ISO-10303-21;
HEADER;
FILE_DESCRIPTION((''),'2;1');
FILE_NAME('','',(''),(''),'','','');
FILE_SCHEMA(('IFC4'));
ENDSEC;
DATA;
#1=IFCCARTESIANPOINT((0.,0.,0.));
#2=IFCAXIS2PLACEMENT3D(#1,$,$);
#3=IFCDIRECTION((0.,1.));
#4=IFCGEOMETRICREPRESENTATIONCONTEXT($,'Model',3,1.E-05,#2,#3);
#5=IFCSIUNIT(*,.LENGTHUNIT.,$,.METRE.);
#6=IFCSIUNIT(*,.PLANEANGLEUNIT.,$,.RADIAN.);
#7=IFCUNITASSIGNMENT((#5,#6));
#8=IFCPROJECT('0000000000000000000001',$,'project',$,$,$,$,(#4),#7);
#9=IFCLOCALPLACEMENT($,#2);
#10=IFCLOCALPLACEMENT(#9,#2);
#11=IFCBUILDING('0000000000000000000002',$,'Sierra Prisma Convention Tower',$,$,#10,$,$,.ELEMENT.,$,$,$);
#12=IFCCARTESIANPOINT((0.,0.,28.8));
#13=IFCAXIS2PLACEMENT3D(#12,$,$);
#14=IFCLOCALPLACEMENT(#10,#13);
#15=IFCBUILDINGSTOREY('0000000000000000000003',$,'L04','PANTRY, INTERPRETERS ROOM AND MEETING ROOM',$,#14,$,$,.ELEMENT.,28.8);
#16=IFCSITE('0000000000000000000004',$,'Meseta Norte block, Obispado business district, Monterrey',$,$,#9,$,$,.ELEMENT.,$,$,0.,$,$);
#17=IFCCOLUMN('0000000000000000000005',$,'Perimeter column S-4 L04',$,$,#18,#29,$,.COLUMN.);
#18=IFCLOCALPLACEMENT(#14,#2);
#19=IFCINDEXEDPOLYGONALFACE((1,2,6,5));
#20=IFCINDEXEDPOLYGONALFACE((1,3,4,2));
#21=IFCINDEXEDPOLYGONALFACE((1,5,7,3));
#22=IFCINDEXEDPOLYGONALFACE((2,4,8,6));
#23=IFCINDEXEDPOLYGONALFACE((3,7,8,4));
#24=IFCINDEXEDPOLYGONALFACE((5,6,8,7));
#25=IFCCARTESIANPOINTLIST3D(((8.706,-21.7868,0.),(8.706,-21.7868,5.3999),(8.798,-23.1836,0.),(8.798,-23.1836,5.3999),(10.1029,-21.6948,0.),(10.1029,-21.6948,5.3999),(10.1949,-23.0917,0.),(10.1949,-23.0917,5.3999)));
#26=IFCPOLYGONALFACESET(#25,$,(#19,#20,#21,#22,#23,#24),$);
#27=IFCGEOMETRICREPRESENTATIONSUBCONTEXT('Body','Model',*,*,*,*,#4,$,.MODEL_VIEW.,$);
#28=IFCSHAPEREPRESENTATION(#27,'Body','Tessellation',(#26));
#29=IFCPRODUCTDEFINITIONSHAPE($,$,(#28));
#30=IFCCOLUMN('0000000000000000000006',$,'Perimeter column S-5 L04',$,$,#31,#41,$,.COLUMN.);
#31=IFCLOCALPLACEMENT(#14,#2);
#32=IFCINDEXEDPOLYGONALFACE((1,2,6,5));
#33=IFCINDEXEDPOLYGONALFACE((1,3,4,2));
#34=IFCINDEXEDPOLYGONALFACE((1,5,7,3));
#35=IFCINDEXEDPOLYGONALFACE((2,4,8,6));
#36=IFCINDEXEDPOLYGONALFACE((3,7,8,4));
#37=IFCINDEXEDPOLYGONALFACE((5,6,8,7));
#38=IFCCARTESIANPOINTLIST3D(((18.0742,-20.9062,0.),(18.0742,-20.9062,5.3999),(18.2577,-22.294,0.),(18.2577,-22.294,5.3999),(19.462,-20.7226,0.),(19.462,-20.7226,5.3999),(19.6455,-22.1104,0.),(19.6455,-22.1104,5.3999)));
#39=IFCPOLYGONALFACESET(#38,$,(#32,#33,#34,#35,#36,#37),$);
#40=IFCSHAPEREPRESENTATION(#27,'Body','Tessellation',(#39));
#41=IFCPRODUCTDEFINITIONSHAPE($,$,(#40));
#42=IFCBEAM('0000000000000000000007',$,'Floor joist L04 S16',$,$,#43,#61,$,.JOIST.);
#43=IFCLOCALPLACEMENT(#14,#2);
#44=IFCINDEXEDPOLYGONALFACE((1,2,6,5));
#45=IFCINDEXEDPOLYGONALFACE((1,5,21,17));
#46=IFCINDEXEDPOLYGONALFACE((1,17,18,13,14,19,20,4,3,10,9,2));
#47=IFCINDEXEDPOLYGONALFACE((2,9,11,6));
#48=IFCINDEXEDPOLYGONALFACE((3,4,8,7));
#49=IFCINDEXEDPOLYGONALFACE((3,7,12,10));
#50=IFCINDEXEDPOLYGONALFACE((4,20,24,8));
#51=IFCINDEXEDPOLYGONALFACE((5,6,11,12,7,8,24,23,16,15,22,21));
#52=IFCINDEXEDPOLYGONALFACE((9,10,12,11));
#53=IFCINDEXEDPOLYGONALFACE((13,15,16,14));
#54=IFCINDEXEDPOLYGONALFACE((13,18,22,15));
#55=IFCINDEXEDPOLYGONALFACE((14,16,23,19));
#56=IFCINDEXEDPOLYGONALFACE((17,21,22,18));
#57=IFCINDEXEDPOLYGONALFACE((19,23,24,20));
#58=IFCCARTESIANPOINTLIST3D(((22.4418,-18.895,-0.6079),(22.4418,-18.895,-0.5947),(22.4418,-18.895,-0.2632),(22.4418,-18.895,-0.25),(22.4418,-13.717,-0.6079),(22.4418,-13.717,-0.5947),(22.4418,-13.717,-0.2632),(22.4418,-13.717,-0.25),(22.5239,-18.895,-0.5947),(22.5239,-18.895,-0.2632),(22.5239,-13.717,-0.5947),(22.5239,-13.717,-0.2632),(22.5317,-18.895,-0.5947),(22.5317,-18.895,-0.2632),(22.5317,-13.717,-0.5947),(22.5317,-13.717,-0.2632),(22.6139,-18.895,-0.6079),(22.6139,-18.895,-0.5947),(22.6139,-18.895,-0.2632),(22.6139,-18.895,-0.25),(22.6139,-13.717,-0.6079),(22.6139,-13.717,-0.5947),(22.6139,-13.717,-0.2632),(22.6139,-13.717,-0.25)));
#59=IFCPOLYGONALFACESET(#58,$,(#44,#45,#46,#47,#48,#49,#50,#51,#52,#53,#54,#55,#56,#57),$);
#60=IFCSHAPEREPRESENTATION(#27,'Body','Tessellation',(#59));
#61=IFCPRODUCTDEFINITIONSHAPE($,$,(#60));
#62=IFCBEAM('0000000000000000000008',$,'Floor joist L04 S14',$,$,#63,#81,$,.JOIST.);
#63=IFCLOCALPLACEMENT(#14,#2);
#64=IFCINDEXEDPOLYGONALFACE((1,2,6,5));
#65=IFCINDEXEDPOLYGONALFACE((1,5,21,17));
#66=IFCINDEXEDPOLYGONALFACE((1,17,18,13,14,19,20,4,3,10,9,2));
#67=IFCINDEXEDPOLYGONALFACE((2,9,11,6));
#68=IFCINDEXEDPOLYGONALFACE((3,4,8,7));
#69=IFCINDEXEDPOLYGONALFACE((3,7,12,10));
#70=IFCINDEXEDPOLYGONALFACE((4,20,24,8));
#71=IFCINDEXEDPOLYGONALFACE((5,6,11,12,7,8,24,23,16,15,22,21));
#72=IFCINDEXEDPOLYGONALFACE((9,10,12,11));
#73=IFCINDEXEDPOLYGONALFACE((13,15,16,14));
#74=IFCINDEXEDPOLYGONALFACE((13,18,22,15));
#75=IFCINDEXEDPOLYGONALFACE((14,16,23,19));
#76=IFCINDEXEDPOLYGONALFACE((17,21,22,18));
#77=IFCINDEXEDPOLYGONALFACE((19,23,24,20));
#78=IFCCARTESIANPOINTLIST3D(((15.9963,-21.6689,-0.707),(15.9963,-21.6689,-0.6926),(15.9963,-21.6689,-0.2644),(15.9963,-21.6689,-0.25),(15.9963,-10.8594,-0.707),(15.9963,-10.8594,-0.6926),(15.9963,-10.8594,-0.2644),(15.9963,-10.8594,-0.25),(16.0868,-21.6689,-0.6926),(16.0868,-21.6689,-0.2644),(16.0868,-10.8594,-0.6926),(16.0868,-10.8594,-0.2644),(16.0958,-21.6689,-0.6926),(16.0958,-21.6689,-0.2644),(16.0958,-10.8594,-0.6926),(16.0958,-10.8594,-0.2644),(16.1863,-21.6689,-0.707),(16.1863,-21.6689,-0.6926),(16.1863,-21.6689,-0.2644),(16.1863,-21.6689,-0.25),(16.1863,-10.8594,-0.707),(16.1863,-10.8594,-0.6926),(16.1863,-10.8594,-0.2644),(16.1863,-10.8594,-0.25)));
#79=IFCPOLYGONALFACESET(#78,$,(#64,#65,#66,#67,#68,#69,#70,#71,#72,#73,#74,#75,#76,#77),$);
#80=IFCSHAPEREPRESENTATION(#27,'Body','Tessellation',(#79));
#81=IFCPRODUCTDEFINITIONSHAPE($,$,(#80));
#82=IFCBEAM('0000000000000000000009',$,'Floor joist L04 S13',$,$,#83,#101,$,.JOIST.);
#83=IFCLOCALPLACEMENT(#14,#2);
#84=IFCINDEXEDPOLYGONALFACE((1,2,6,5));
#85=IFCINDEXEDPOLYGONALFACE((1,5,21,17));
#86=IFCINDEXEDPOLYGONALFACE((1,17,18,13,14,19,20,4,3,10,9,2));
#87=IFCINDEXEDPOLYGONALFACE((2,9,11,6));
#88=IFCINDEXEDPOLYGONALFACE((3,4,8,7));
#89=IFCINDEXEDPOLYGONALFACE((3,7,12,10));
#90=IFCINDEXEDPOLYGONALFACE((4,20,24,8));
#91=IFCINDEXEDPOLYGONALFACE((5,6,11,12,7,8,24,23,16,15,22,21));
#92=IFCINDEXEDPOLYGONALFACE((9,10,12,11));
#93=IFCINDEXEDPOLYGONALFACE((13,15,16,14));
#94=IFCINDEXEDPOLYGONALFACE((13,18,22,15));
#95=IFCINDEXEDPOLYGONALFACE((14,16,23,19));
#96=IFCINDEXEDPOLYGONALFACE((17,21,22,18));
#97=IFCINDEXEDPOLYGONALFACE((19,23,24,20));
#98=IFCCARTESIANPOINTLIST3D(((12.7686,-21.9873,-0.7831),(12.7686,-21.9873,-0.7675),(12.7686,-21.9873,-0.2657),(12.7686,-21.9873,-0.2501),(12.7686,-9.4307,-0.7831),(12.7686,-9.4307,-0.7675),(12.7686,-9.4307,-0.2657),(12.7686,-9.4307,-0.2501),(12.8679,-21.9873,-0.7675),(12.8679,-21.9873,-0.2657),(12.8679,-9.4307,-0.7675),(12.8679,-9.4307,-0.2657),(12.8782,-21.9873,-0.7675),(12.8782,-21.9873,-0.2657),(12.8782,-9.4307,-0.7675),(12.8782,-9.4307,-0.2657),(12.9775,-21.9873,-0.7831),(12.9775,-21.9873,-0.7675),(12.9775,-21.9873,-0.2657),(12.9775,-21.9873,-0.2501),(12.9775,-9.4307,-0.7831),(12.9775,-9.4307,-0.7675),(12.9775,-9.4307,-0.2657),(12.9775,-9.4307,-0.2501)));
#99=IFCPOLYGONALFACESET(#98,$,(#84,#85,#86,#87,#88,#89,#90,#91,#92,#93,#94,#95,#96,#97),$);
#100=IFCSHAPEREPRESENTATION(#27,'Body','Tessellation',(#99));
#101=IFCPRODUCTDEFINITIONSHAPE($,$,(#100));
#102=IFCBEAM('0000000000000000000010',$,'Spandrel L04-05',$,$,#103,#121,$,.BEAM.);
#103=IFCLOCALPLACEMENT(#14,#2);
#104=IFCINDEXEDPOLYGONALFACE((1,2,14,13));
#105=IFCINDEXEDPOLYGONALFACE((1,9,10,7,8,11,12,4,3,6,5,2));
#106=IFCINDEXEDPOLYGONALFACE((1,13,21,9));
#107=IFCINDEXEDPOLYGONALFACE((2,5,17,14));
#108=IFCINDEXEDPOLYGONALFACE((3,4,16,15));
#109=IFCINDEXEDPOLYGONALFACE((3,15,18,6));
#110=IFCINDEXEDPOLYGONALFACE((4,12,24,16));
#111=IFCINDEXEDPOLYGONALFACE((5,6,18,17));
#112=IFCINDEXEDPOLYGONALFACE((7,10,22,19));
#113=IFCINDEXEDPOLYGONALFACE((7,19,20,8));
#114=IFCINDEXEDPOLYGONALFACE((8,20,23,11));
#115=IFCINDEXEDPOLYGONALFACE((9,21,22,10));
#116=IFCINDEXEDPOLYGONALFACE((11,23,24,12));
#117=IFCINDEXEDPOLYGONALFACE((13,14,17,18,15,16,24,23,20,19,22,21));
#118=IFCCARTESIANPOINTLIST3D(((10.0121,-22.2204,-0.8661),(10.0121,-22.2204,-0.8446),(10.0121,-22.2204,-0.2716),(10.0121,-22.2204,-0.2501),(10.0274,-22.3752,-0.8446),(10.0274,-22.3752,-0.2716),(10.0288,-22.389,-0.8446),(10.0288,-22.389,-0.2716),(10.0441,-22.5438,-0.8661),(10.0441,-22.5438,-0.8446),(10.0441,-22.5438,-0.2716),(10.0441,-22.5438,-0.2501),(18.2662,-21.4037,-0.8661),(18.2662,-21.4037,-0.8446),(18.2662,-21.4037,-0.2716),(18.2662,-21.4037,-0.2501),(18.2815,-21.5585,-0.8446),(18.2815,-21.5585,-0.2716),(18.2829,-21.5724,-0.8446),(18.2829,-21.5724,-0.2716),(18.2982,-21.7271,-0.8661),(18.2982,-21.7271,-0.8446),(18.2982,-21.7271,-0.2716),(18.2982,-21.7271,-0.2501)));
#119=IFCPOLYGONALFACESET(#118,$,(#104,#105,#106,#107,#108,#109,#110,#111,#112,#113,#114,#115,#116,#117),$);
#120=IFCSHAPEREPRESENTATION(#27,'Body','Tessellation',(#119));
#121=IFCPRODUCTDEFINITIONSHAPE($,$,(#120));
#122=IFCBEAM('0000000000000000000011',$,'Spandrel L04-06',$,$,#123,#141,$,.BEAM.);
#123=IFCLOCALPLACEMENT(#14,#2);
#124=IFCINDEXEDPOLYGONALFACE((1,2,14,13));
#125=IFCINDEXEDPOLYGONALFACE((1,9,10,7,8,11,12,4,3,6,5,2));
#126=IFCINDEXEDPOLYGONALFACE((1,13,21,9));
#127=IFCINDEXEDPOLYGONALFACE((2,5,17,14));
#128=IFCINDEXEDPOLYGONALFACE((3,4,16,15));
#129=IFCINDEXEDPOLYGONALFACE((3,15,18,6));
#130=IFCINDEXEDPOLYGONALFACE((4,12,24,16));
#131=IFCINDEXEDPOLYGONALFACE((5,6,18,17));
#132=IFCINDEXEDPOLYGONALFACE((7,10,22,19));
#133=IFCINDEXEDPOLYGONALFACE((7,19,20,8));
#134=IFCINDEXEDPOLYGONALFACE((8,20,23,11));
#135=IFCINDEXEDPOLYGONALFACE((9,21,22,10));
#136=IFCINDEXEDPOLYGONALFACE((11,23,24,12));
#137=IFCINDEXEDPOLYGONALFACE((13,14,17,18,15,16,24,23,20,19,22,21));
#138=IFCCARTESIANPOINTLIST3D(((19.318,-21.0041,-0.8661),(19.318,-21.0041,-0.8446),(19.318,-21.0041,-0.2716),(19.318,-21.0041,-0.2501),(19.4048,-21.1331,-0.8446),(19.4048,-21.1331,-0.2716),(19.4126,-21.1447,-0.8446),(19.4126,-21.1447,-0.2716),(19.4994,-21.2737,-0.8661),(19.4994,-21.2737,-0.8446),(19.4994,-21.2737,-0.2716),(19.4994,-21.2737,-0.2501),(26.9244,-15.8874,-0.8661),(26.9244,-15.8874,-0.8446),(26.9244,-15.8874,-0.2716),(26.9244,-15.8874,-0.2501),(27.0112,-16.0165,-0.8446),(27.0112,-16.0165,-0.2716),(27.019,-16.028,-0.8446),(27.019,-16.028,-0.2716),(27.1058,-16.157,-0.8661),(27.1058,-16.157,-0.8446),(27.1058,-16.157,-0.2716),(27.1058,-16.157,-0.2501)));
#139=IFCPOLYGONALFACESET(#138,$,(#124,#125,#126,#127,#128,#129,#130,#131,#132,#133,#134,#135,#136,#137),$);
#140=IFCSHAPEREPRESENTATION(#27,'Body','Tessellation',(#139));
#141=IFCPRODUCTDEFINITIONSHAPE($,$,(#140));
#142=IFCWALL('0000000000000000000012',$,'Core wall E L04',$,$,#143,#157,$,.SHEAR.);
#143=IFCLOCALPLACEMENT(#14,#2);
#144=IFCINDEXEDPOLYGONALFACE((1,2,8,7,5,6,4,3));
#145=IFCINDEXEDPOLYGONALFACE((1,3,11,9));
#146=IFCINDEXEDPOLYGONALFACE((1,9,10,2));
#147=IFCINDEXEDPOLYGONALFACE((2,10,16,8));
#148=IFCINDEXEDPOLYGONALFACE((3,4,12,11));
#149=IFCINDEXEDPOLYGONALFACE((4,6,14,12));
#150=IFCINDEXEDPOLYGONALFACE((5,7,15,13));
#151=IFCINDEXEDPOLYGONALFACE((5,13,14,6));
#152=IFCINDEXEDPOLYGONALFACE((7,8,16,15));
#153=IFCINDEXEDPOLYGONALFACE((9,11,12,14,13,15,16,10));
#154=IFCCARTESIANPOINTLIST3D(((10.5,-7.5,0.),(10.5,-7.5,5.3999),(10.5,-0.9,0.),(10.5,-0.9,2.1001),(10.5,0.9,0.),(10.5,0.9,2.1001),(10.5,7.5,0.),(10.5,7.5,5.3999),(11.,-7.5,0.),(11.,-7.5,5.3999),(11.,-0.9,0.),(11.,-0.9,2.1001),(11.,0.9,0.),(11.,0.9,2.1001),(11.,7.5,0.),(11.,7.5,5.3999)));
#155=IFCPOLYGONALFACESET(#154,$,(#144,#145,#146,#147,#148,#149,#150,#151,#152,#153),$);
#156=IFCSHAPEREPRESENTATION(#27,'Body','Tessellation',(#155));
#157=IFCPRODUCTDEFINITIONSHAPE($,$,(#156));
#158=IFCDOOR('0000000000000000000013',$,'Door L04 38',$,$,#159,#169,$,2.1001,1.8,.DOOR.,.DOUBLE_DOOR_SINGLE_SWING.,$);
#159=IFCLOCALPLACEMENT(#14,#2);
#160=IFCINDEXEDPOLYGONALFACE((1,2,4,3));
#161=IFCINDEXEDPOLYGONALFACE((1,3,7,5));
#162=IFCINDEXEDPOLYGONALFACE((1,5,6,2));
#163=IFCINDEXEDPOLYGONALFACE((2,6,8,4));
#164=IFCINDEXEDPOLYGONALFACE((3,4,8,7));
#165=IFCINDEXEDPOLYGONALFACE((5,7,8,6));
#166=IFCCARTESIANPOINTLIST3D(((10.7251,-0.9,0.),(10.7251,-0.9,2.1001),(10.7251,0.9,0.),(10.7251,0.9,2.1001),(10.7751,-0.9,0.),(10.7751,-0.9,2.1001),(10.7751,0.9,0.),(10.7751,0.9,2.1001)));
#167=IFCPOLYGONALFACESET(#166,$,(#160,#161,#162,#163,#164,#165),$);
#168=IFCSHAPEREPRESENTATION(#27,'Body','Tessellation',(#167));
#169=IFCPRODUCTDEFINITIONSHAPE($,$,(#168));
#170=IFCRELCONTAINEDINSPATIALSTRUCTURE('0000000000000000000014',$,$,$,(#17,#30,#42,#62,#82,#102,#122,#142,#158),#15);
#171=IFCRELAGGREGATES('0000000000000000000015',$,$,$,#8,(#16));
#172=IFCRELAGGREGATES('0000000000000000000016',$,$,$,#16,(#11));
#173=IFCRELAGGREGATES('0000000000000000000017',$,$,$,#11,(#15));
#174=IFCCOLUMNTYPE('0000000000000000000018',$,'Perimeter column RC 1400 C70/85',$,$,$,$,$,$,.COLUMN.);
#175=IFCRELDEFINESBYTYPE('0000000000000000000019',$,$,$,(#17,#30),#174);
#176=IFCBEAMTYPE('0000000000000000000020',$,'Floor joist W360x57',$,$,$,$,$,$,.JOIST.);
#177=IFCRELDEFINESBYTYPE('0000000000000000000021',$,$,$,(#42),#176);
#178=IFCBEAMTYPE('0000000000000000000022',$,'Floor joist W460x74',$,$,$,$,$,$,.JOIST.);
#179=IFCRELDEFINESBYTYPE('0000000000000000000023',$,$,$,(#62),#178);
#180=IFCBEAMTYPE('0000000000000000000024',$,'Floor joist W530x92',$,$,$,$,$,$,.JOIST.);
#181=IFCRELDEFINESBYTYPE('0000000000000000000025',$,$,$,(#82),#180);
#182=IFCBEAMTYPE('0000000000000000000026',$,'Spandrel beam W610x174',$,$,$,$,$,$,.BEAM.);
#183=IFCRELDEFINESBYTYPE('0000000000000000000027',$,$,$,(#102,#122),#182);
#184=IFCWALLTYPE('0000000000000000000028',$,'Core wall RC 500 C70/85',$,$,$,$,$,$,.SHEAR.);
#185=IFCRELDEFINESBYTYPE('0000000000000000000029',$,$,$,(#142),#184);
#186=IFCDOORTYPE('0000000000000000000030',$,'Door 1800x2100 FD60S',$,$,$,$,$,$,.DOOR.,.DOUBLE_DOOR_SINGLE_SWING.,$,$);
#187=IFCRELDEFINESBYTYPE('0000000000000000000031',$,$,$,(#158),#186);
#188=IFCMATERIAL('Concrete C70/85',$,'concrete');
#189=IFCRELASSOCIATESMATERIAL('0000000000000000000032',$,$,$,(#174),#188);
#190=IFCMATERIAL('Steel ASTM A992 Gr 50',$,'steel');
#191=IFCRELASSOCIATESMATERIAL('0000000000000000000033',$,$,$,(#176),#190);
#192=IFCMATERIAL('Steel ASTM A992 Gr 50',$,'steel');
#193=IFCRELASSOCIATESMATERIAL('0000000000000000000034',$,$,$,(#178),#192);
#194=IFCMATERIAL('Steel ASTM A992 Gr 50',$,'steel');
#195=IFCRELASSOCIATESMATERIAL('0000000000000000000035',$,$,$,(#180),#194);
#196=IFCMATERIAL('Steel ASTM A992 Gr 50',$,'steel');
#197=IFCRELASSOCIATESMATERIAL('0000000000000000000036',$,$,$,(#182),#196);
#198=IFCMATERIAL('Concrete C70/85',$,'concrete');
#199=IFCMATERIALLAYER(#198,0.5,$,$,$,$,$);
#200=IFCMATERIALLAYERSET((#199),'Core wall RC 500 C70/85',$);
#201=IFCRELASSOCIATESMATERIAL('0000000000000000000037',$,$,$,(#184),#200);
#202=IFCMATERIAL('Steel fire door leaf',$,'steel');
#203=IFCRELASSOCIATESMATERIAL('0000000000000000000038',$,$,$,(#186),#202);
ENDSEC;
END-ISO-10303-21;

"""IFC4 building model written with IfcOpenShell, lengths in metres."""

from ifc_helpers import new_model, si_unit, direction, frame, frame_2d, origin, origin_2d, place, context, subcontext, project, spatial, rectangle, i_section, extrude, material, layer, layer_set, material_profile, profile_set, type_object, element, fill, save


model = new_model("IFC4")

# Units and contexts
model_context = context("Model", 3, precision=1e-05, world=origin(), true_north=direction((0.0, 1.0)))
body_context = subcontext(model_context, "Body", "Model", "MODEL_VIEW")
ifc_project = project(units=[si_unit("LENGTHUNIT", "METRE"), si_unit("PLANEANGLEUNIT", "RADIAN")], contexts=[model_context])

# Site, building, storey
site_placement = place(None, origin())
site = spatial("IfcSite", under=ifc_project, at=site_placement, Name="Meseta Norte block, Obispado business district, Monterrey", CompositionType="ELEMENT", RefElevation=0.0)
building_placement = place(site_placement, origin())
building = spatial("IfcBuilding", under=site, at=building_placement, Name="Sierra Prisma Convention Tower", CompositionType="ELEMENT")
storey_placement = place(building_placement, frame((0.0, 0.0, 28.8)))
storey = spatial("IfcBuildingStorey", under=building, at=storey_placement, Name="L04", Description="PANTRY, INTERPRETERS ROOM AND MEETING ROOM", CompositionType="ELEMENT", Elevation=28.8)

# Columns
ifc_material_1 = material(Name="Concrete C70/85", Category="concrete")
ifc_material_profile_1 = material_profile(ifc_material_1, rectangle(XDim=1.3999, YDim=1.3999, at=origin_2d()), Name="Perimeter column RC 1400 C70/85")
ifc_profile_set_1 = profile_set([ifc_material_profile_1], Name="Concrete C70/85")
column_type = type_object("IfcColumnType", Name="Perimeter column RC 1400 C70/85", PredefinedType="COLUMN", material=ifc_profile_set_1)
for number, where, z_axis, x_axis, name in (
    (1, (9.4504, -22.4392, 0.0), (0.0, 0.0, 1.0), (0.997839, 0.065699, 0.0), "Perimeter column S-4 L04"),
    (2, (18.8599, -21.5083, 0.0), (0.0, 0.0, 1.0), (0.991367, 0.131115, 0.0), "Perimeter column S-5 L04"),
):
    element("IfcColumn", number, at=place(storey_placement, frame(where, z_axis=z_axis, x_axis=x_axis)), inside=storey, type_object=column_type, Name=name, PredefinedType="COLUMN", context=body_context, shape_type="SweptSolid", body=[
        extrude(rectangle(XDim=1.3999, YDim=1.3999, at=origin_2d()), origin(), (0.0, 0.0, 1.0), 5.3999),
    ])

# Beams
ifc_material_2 = material(Name="Steel ASTM A992 Gr 50", Category="steel")
ifc_material_profile_2 = material_profile(ifc_material_2, i_section(OverallWidth=0.1721, OverallDepth=0.3579, WebThickness=0.0078, FlangeThickness=0.0132, at=origin_2d()), Name="W360x57")
ifc_profile_set_2 = profile_set([ifc_material_profile_2], Name="Steel ASTM A992 Gr 50")
beam_type_1 = type_object("IfcBeamType", Name="Floor joist W360x57", PredefinedType="JOIST", material=ifc_profile_set_2)
beam_1_placement = place(storey_placement, frame((22.5278, -18.895, -0.429), z_axis=(0.0, 1.0, 0.0), x_axis=(-1.0, 0.0, 0.0)))
element("IfcBeam", 3, at=beam_1_placement, inside=storey, type_object=beam_type_1, Name="Floor joist L04 S16", PredefinedType="JOIST", context=body_context, shape_type="SweptSolid", body=[
    extrude(i_section(OverallWidth=0.1721, OverallDepth=0.3579, WebThickness=0.0078, FlangeThickness=0.0132, at=origin_2d()), origin(), (0.0, 0.0, 1.0), 5.178),
])
ifc_material_3 = material(Name="Steel ASTM A992 Gr 50", Category="steel")
ifc_material_profile_3 = material_profile(ifc_material_3, i_section(OverallWidth=0.1899, OverallDepth=0.457, WebThickness=0.009, FlangeThickness=0.0144, at=origin_2d()), Name="W460x74")
ifc_profile_set_3 = profile_set([ifc_material_profile_3], Name="Steel ASTM A992 Gr 50")
beam_type_2 = type_object("IfcBeamType", Name="Floor joist W460x74", PredefinedType="JOIST", material=ifc_profile_set_3)
beam_2_placement = place(storey_placement, frame((16.0913, -21.6689, -0.4785), z_axis=(0.0, 1.0, 0.0), x_axis=(-1.0, 0.0, 0.0)))
element("IfcBeam", 4, at=beam_2_placement, inside=storey, type_object=beam_type_2, Name="Floor joist L04 S14", PredefinedType="JOIST", context=body_context, shape_type="SweptSolid", body=[
    extrude(i_section(OverallWidth=0.1899, OverallDepth=0.457, WebThickness=0.009, FlangeThickness=0.0144, at=origin_2d()), origin(), (0.0, 0.0, 1.0), 10.8096),
])
ifc_material_4 = material(Name="Steel ASTM A992 Gr 50", Category="steel")
ifc_material_profile_4 = material_profile(ifc_material_4, i_section(OverallWidth=0.209, OverallDepth=0.533, WebThickness=0.0103, FlangeThickness=0.0156, at=origin_2d()), Name="W530x92")
ifc_profile_set_4 = profile_set([ifc_material_profile_4], Name="Steel ASTM A992 Gr 50")
beam_type_3 = type_object("IfcBeamType", Name="Floor joist W530x92", PredefinedType="JOIST", material=ifc_profile_set_4)
beam_3_placement = place(storey_placement, frame((12.873, -21.9873, -0.5166), z_axis=(0.0, 1.0, 0.0), x_axis=(-1.0, 0.0, 0.0)))
element("IfcBeam", 5, at=beam_3_placement, inside=storey, type_object=beam_type_3, Name="Floor joist L04 S13", PredefinedType="JOIST", context=body_context, shape_type="SweptSolid", body=[
    extrude(i_section(OverallWidth=0.209, OverallDepth=0.533, WebThickness=0.0103, FlangeThickness=0.0156, at=origin_2d()), origin(), (0.0, 0.0, 1.0), 12.5566),
])
ifc_material_5 = material(Name="Steel ASTM A992 Gr 50", Category="steel")
ifc_material_profile_5 = material_profile(ifc_material_5, i_section(OverallWidth=0.325, OverallDepth=0.616, WebThickness=0.0139, FlangeThickness=0.0215, at=origin_2d()), Name="W610x174")
ifc_profile_set_5 = profile_set([ifc_material_profile_5], Name="Steel ASTM A992 Gr 50")
beam_type_4 = type_object("IfcBeamType", Name="Spandrel beam W610x174", PredefinedType="BEAM", material=ifc_profile_set_5)
beam_4_placement = place(storey_placement, frame((10.0281, -22.3821, -0.5581), z_axis=(0.995141, 0.098457, 0.0), x_axis=(-0.098457, 0.995141, 0.0)))
element("IfcBeam", 6, at=beam_4_placement, inside=storey, type_object=beam_type_4, Name="Spandrel L04-05", PredefinedType="BEAM", context=body_context, shape_type="SweptSolid", body=[
    extrude(i_section(OverallWidth=0.325, OverallDepth=0.616, WebThickness=0.0139, FlangeThickness=0.0215, at=origin_2d()), origin(), (0.0, 0.0, 1.0), 8.2944),
])
beam_5_placement = place(storey_placement, frame((19.4087, -21.1389, -0.5581), z_axis=(0.82974, 0.558149, 0.0), x_axis=(-0.558149, 0.82974, 0.0)))
element("IfcBeam", 7, at=beam_5_placement, inside=storey, type_object=beam_type_4, Name="Spandrel L04-06", PredefinedType="BEAM", context=body_context, shape_type="SweptSolid", body=[
    extrude(i_section(OverallWidth=0.325, OverallDepth=0.616, WebThickness=0.0139, FlangeThickness=0.0215, at=origin_2d()), origin(), (0.0, 0.0, 1.0), 9.1672),
])

# Wall, opening, door
ifc_material_6 = material(Name="Concrete C70/85", Category="concrete")
ifc_layer_1 = layer(ifc_material_6, 0.5)
ifc_layer_set_1 = layer_set([ifc_layer_1], Name="Core wall RC 500 C70/85")
wall_type_1 = type_object("IfcWallType", Name="Core wall RC 500 C70/85", PredefinedType="SHEAR", material=ifc_layer_set_1)
wall_1_placement = place(storey_placement, frame((10.75, -7.5, 0.0), z_axis=(0.0, 0.0, 1.0), x_axis=(0.0, 1.0, 0.0)))
wall_1 = element("IfcWall", 8, at=wall_1_placement, inside=storey, type_object=wall_type_1, Name="Core wall E L04", PredefinedType="SHEAR", context=body_context, shape_type="SweptSolid", body=[
    extrude(rectangle(XDim=15.0, YDim=0.5, at=frame_2d((7.5, 0.0))), origin(), (0.0, 0.0, 1.0), 5.3999),
])
opening_1_placement = place(wall_1_placement, frame((6.6001, 0.0, 0.0)))
opening_1 = element("IfcOpeningElement", 9, at=opening_1_placement, cuts=wall_1, PredefinedType="OPENING", context=body_context, shape_type="SweptSolid", body=[
    extrude(rectangle(XDim=1.8, YDim=2.1001, at=frame_2d((0.8999, 1.05))), frame((0.0, 0.25, 0.0), z_axis=(0.0, -1.0, 0.0), x_axis=(1.0, 0.0, 0.0)), (0.0, 0.0, 1.0), 0.5),
])
ifc_material_7 = material(Name="Steel fire door leaf", Category="steel")
door_type_1 = type_object("IfcDoorType", Name="Door 1800x2100 FD60S", OperationType="DOUBLE_DOOR_SINGLE_SWING", PredefinedType="DOOR", material=ifc_material_7)
door_1_placement = place(opening_1_placement, origin())
door_1 = element("IfcDoor", 10, at=door_1_placement, inside=storey, type_object=door_type_1, Name="Door L04 38", OperationType="DOUBLE_DOOR_SINGLE_SWING", OverallHeight=2.1001, OverallWidth=1.8, PredefinedType="DOOR", context=body_context, shape_type="SweptSolid", body=[
    extrude(rectangle(XDim=1.8, YDim=2.1001, at=frame_2d((0.8999, 1.05))), frame((0.0, 0.0249, 0.0), z_axis=(0.0, -1.0, 0.0), x_axis=(1.0, 0.0, 0.0)), (0.0, 0.0, 1.0), 0.05),
])
fill(opening_1, door_1)

save(model, "model.ifc")
